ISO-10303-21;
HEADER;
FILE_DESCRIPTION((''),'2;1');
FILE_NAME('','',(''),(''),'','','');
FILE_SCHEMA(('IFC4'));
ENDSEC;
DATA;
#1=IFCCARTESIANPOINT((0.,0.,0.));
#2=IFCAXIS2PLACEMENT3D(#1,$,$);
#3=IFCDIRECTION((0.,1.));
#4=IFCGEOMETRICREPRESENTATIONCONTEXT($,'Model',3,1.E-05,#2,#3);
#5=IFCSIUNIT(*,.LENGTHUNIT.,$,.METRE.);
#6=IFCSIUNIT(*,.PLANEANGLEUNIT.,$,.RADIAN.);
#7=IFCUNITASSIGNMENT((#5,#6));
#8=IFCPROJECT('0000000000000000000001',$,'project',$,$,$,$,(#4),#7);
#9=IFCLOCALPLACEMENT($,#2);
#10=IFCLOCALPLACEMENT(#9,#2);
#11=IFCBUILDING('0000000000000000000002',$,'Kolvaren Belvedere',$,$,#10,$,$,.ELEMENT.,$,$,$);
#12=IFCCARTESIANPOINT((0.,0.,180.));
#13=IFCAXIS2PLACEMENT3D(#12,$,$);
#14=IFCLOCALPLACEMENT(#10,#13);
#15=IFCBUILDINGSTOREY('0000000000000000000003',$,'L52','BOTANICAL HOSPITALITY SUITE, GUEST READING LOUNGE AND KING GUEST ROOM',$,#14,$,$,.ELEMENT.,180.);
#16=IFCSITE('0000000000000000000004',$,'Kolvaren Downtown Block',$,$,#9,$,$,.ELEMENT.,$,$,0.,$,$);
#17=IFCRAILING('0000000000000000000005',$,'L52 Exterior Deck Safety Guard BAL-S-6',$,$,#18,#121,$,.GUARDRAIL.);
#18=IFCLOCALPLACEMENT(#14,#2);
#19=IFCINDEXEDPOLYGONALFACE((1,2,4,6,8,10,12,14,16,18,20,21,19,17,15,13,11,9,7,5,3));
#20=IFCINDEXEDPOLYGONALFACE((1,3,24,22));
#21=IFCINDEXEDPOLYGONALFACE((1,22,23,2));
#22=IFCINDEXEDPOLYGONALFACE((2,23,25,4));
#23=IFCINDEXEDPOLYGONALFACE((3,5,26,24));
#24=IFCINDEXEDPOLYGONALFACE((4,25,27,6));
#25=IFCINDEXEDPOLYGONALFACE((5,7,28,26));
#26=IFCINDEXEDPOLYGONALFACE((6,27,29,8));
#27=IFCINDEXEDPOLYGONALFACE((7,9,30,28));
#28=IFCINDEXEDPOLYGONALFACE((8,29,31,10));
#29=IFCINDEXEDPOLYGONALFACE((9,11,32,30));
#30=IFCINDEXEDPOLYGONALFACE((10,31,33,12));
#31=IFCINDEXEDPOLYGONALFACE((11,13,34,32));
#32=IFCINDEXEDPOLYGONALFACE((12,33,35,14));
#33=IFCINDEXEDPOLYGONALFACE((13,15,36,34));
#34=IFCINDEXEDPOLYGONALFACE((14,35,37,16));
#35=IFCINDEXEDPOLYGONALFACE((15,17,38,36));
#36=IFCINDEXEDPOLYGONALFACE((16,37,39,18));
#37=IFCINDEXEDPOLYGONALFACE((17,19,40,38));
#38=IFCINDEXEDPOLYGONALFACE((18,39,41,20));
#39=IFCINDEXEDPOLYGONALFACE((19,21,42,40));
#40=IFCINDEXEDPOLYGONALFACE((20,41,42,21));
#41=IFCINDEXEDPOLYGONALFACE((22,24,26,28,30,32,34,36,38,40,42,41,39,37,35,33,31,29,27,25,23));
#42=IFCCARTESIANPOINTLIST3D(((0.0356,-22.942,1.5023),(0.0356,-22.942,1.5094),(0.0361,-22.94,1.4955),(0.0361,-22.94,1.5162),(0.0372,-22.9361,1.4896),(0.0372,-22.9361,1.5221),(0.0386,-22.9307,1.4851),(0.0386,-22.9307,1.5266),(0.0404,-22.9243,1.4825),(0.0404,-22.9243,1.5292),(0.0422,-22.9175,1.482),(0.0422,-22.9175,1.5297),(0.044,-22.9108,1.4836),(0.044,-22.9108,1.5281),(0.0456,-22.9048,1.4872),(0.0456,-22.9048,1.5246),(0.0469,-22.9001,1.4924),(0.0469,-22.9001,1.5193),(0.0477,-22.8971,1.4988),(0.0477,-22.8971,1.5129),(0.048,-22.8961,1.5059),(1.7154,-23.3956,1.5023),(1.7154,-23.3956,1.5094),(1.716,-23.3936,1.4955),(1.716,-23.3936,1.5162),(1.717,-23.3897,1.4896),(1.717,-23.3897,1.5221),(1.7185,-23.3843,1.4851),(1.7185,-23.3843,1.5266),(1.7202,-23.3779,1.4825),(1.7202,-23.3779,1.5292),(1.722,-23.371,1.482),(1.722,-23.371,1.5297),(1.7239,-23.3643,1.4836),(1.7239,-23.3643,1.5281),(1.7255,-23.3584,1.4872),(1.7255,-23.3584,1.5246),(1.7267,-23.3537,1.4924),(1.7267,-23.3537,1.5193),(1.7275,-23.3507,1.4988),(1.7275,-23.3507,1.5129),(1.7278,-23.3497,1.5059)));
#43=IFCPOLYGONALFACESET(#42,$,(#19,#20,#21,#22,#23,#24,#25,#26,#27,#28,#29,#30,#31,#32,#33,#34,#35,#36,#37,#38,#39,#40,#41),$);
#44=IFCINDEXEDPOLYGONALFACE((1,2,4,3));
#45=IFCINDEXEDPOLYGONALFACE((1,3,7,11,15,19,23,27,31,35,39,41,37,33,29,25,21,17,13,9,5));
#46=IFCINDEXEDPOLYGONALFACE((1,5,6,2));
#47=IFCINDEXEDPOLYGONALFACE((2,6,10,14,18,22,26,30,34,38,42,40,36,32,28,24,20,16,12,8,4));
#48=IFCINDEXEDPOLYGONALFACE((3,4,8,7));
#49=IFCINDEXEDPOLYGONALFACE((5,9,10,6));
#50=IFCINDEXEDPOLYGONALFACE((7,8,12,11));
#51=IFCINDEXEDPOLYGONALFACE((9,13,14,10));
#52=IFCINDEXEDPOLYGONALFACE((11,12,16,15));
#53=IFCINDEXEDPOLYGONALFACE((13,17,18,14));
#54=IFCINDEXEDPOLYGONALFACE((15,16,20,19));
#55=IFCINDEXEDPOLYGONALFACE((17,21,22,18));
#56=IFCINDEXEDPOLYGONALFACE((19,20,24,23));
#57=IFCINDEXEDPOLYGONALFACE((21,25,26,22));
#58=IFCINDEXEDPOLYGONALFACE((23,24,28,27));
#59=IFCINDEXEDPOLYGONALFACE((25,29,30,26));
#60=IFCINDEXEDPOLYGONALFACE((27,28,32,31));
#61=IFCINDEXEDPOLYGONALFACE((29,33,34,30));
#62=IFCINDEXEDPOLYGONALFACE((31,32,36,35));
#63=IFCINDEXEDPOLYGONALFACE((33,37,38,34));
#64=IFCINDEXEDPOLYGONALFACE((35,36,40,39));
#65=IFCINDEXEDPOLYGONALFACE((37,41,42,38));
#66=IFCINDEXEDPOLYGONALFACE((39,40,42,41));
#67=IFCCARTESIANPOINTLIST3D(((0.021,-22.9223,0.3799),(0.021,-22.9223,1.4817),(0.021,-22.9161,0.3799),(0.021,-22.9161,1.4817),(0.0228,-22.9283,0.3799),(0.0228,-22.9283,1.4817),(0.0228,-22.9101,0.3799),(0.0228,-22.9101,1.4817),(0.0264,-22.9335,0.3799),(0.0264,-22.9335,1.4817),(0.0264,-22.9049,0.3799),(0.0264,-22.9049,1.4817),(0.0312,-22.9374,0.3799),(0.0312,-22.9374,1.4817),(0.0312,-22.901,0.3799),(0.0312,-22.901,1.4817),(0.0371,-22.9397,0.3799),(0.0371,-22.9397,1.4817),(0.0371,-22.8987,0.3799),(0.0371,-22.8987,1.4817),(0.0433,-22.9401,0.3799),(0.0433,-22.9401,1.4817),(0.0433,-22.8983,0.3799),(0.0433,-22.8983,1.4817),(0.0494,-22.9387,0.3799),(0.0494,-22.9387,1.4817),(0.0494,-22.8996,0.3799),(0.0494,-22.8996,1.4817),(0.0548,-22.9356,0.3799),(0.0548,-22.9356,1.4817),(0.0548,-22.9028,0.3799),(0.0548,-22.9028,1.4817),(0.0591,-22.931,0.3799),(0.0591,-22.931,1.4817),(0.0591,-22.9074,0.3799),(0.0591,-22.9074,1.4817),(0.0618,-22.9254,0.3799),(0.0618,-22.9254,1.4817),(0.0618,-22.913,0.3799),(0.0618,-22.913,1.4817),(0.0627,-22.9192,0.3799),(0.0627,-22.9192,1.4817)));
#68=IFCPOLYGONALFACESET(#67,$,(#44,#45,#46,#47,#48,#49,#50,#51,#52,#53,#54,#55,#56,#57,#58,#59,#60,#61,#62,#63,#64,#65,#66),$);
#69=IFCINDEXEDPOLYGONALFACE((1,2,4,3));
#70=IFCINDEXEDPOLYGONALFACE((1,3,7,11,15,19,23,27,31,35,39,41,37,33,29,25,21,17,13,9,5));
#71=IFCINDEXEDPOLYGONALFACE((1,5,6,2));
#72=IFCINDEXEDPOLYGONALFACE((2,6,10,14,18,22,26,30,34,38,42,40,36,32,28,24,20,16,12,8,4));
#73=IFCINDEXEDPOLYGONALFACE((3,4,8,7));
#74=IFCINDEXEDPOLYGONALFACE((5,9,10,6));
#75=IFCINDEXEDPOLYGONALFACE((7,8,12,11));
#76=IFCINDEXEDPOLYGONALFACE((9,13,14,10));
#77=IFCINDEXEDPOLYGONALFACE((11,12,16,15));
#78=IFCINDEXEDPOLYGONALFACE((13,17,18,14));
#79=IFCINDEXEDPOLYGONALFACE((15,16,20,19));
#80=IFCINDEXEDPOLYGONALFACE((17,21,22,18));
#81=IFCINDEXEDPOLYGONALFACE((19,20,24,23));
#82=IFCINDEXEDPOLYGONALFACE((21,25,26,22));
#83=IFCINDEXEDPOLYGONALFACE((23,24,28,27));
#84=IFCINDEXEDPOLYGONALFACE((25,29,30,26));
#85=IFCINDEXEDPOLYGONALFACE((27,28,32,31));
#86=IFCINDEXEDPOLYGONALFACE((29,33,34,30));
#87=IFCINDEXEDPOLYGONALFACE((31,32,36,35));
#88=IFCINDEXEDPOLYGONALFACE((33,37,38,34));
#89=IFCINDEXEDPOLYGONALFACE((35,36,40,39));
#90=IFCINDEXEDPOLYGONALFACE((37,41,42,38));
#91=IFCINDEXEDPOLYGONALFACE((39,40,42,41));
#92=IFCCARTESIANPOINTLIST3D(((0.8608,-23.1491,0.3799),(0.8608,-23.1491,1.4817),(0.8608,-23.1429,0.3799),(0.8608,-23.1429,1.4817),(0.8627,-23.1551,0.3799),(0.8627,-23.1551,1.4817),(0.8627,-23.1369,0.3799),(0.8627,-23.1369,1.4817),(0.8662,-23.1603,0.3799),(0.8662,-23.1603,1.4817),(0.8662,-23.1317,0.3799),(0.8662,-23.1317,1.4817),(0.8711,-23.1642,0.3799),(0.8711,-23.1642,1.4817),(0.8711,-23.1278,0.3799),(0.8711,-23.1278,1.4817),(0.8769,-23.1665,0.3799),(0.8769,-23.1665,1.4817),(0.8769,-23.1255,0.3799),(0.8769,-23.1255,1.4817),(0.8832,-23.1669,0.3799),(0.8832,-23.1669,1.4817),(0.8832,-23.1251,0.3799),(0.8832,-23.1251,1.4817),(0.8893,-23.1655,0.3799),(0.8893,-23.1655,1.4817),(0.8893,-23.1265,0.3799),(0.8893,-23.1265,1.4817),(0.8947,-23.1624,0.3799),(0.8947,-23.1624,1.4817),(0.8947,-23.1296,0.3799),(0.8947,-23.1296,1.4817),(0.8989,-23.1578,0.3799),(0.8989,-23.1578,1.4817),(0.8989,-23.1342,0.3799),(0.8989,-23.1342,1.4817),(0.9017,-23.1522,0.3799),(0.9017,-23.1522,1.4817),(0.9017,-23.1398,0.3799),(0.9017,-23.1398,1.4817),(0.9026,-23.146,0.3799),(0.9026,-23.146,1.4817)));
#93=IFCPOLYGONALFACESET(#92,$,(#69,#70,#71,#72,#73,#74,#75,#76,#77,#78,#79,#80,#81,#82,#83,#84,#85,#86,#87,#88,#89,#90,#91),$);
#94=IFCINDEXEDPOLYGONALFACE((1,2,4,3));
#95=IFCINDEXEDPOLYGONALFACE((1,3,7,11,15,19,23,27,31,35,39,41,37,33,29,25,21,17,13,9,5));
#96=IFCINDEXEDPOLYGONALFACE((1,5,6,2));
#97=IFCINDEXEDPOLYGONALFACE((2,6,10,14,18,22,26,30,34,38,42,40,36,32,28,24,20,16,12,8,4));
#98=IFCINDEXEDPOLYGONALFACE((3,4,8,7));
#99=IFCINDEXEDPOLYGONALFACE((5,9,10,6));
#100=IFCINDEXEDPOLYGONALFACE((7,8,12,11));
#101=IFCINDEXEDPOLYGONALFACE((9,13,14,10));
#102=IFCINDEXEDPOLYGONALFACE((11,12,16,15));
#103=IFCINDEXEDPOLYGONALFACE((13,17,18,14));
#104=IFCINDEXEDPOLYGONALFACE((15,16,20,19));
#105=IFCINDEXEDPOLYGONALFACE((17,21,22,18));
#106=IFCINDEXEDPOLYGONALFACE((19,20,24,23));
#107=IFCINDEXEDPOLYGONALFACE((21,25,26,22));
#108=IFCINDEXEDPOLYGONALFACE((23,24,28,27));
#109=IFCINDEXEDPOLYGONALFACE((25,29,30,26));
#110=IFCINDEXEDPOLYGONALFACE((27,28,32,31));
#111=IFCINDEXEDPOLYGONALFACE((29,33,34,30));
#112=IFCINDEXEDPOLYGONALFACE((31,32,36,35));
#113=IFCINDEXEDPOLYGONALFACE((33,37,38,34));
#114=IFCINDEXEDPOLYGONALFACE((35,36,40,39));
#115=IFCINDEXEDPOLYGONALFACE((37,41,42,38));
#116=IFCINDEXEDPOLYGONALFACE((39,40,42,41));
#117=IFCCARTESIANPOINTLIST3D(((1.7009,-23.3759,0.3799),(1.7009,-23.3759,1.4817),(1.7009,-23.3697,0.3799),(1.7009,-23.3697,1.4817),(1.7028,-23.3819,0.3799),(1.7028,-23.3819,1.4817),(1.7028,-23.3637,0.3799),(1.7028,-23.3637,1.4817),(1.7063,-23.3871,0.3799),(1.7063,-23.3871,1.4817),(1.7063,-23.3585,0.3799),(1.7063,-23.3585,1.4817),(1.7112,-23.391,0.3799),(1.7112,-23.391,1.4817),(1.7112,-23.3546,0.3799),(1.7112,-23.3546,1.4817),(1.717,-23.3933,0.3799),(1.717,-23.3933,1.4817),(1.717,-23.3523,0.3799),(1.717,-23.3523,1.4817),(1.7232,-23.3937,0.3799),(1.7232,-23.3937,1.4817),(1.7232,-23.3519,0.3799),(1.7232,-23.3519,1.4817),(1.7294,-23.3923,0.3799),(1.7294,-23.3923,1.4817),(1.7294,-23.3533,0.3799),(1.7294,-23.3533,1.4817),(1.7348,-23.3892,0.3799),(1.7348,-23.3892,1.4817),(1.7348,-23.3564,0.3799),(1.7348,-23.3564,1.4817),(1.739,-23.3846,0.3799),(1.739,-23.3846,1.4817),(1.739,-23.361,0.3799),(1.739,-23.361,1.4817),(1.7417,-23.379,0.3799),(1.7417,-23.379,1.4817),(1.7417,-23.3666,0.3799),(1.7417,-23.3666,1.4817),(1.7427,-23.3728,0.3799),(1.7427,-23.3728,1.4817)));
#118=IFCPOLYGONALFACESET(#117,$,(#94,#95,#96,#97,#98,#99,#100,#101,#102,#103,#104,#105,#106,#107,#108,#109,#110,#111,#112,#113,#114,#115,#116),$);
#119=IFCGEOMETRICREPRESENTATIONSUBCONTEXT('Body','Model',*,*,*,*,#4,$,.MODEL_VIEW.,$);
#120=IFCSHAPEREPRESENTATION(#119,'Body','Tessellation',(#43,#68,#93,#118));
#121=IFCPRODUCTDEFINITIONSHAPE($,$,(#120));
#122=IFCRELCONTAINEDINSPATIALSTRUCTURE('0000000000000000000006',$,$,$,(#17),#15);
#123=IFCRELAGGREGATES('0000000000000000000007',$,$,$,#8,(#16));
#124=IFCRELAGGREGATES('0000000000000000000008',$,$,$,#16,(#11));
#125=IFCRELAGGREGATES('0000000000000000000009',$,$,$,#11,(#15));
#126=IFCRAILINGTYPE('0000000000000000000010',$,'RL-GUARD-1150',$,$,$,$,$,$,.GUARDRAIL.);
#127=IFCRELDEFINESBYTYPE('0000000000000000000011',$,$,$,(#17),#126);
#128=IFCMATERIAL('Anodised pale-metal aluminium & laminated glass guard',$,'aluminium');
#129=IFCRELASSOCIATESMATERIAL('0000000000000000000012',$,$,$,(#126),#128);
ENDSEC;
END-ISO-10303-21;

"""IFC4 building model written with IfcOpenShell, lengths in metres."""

from ifc_helpers import new_model, si_unit, direction, frame, origin, origin_2d, place, context, subcontext, project, spatial, circle, extrude, material, type_object, element, save


model = new_model("IFC4")

# Units and contexts
model_context = context("Model", 3, precision=1e-05, world=origin(), true_north=direction((0.0, 1.0)))
body_context = subcontext(model_context, "Body", "Model", "MODEL_VIEW")
ifc_project = project(units=[si_unit("LENGTHUNIT", "METRE"), si_unit("PLANEANGLEUNIT", "RADIAN")], contexts=[model_context])

# Site, building, storey
site_placement = place(None, origin())
site = spatial("IfcSite", under=ifc_project, at=site_placement, Name="Kolvaren Downtown Block", CompositionType="ELEMENT", RefElevation=0.0)
building_placement = place(site_placement, origin())
building = spatial("IfcBuilding", under=site, at=building_placement, Name="Kolvaren Belvedere", CompositionType="ELEMENT")
storey_placement = place(building_placement, frame((0.0, 0.0, 180.0)))
storey = spatial("IfcBuildingStorey", under=building, at=storey_placement, Name="L52", Description="BOTANICAL HOSPITALITY SUITE, GUEST READING LOUNGE AND KING GUEST ROOM", CompositionType="ELEMENT", Elevation=180.0)

# Railing
ifc_material_1 = material(Name="Anodised pale-metal aluminium & laminated glass guard", Category="aluminium")
railing_type = type_object("IfcRailingType", Name="RL-GUARD-1150", PredefinedType="GUARDRAIL", material=ifc_material_1)
railing_1_placement = place(storey_placement, frame((0.0417, -22.9192, 0.3799)))
element("IfcRailing", 1, at=railing_1_placement, inside=storey, type_object=railing_type, Name="L52 Exterior Deck Safety Guard BAL-S-6", PredefinedType="GUARDRAIL", context=body_context, shape_type="SweptSolid", body=[
    extrude(circle(Radius=0.0239, at=origin_2d()), frame((0.0, 0.0, 1.126), z_axis=(0.965424, -0.260683, 0.0), x_axis=(0.260683, 0.965424, 0.0)), (0.0, 0.0, 1.0), 1.74),
    extrude(circle(Radius=0.021, at=origin_2d()), origin(), (0.0, 0.0, 1.0), 1.1018),
    extrude(circle(Radius=0.021, at=origin_2d()), frame((0.8398, -0.2268, 0.0)), (0.0, 0.0, 1.0), 1.1018),
    extrude(circle(Radius=0.021, at=origin_2d()), frame((1.6799, -0.4536, 0.0)), (0.0, 0.0, 1.0), 1.1018),
])

save(model, "model.ifc")
